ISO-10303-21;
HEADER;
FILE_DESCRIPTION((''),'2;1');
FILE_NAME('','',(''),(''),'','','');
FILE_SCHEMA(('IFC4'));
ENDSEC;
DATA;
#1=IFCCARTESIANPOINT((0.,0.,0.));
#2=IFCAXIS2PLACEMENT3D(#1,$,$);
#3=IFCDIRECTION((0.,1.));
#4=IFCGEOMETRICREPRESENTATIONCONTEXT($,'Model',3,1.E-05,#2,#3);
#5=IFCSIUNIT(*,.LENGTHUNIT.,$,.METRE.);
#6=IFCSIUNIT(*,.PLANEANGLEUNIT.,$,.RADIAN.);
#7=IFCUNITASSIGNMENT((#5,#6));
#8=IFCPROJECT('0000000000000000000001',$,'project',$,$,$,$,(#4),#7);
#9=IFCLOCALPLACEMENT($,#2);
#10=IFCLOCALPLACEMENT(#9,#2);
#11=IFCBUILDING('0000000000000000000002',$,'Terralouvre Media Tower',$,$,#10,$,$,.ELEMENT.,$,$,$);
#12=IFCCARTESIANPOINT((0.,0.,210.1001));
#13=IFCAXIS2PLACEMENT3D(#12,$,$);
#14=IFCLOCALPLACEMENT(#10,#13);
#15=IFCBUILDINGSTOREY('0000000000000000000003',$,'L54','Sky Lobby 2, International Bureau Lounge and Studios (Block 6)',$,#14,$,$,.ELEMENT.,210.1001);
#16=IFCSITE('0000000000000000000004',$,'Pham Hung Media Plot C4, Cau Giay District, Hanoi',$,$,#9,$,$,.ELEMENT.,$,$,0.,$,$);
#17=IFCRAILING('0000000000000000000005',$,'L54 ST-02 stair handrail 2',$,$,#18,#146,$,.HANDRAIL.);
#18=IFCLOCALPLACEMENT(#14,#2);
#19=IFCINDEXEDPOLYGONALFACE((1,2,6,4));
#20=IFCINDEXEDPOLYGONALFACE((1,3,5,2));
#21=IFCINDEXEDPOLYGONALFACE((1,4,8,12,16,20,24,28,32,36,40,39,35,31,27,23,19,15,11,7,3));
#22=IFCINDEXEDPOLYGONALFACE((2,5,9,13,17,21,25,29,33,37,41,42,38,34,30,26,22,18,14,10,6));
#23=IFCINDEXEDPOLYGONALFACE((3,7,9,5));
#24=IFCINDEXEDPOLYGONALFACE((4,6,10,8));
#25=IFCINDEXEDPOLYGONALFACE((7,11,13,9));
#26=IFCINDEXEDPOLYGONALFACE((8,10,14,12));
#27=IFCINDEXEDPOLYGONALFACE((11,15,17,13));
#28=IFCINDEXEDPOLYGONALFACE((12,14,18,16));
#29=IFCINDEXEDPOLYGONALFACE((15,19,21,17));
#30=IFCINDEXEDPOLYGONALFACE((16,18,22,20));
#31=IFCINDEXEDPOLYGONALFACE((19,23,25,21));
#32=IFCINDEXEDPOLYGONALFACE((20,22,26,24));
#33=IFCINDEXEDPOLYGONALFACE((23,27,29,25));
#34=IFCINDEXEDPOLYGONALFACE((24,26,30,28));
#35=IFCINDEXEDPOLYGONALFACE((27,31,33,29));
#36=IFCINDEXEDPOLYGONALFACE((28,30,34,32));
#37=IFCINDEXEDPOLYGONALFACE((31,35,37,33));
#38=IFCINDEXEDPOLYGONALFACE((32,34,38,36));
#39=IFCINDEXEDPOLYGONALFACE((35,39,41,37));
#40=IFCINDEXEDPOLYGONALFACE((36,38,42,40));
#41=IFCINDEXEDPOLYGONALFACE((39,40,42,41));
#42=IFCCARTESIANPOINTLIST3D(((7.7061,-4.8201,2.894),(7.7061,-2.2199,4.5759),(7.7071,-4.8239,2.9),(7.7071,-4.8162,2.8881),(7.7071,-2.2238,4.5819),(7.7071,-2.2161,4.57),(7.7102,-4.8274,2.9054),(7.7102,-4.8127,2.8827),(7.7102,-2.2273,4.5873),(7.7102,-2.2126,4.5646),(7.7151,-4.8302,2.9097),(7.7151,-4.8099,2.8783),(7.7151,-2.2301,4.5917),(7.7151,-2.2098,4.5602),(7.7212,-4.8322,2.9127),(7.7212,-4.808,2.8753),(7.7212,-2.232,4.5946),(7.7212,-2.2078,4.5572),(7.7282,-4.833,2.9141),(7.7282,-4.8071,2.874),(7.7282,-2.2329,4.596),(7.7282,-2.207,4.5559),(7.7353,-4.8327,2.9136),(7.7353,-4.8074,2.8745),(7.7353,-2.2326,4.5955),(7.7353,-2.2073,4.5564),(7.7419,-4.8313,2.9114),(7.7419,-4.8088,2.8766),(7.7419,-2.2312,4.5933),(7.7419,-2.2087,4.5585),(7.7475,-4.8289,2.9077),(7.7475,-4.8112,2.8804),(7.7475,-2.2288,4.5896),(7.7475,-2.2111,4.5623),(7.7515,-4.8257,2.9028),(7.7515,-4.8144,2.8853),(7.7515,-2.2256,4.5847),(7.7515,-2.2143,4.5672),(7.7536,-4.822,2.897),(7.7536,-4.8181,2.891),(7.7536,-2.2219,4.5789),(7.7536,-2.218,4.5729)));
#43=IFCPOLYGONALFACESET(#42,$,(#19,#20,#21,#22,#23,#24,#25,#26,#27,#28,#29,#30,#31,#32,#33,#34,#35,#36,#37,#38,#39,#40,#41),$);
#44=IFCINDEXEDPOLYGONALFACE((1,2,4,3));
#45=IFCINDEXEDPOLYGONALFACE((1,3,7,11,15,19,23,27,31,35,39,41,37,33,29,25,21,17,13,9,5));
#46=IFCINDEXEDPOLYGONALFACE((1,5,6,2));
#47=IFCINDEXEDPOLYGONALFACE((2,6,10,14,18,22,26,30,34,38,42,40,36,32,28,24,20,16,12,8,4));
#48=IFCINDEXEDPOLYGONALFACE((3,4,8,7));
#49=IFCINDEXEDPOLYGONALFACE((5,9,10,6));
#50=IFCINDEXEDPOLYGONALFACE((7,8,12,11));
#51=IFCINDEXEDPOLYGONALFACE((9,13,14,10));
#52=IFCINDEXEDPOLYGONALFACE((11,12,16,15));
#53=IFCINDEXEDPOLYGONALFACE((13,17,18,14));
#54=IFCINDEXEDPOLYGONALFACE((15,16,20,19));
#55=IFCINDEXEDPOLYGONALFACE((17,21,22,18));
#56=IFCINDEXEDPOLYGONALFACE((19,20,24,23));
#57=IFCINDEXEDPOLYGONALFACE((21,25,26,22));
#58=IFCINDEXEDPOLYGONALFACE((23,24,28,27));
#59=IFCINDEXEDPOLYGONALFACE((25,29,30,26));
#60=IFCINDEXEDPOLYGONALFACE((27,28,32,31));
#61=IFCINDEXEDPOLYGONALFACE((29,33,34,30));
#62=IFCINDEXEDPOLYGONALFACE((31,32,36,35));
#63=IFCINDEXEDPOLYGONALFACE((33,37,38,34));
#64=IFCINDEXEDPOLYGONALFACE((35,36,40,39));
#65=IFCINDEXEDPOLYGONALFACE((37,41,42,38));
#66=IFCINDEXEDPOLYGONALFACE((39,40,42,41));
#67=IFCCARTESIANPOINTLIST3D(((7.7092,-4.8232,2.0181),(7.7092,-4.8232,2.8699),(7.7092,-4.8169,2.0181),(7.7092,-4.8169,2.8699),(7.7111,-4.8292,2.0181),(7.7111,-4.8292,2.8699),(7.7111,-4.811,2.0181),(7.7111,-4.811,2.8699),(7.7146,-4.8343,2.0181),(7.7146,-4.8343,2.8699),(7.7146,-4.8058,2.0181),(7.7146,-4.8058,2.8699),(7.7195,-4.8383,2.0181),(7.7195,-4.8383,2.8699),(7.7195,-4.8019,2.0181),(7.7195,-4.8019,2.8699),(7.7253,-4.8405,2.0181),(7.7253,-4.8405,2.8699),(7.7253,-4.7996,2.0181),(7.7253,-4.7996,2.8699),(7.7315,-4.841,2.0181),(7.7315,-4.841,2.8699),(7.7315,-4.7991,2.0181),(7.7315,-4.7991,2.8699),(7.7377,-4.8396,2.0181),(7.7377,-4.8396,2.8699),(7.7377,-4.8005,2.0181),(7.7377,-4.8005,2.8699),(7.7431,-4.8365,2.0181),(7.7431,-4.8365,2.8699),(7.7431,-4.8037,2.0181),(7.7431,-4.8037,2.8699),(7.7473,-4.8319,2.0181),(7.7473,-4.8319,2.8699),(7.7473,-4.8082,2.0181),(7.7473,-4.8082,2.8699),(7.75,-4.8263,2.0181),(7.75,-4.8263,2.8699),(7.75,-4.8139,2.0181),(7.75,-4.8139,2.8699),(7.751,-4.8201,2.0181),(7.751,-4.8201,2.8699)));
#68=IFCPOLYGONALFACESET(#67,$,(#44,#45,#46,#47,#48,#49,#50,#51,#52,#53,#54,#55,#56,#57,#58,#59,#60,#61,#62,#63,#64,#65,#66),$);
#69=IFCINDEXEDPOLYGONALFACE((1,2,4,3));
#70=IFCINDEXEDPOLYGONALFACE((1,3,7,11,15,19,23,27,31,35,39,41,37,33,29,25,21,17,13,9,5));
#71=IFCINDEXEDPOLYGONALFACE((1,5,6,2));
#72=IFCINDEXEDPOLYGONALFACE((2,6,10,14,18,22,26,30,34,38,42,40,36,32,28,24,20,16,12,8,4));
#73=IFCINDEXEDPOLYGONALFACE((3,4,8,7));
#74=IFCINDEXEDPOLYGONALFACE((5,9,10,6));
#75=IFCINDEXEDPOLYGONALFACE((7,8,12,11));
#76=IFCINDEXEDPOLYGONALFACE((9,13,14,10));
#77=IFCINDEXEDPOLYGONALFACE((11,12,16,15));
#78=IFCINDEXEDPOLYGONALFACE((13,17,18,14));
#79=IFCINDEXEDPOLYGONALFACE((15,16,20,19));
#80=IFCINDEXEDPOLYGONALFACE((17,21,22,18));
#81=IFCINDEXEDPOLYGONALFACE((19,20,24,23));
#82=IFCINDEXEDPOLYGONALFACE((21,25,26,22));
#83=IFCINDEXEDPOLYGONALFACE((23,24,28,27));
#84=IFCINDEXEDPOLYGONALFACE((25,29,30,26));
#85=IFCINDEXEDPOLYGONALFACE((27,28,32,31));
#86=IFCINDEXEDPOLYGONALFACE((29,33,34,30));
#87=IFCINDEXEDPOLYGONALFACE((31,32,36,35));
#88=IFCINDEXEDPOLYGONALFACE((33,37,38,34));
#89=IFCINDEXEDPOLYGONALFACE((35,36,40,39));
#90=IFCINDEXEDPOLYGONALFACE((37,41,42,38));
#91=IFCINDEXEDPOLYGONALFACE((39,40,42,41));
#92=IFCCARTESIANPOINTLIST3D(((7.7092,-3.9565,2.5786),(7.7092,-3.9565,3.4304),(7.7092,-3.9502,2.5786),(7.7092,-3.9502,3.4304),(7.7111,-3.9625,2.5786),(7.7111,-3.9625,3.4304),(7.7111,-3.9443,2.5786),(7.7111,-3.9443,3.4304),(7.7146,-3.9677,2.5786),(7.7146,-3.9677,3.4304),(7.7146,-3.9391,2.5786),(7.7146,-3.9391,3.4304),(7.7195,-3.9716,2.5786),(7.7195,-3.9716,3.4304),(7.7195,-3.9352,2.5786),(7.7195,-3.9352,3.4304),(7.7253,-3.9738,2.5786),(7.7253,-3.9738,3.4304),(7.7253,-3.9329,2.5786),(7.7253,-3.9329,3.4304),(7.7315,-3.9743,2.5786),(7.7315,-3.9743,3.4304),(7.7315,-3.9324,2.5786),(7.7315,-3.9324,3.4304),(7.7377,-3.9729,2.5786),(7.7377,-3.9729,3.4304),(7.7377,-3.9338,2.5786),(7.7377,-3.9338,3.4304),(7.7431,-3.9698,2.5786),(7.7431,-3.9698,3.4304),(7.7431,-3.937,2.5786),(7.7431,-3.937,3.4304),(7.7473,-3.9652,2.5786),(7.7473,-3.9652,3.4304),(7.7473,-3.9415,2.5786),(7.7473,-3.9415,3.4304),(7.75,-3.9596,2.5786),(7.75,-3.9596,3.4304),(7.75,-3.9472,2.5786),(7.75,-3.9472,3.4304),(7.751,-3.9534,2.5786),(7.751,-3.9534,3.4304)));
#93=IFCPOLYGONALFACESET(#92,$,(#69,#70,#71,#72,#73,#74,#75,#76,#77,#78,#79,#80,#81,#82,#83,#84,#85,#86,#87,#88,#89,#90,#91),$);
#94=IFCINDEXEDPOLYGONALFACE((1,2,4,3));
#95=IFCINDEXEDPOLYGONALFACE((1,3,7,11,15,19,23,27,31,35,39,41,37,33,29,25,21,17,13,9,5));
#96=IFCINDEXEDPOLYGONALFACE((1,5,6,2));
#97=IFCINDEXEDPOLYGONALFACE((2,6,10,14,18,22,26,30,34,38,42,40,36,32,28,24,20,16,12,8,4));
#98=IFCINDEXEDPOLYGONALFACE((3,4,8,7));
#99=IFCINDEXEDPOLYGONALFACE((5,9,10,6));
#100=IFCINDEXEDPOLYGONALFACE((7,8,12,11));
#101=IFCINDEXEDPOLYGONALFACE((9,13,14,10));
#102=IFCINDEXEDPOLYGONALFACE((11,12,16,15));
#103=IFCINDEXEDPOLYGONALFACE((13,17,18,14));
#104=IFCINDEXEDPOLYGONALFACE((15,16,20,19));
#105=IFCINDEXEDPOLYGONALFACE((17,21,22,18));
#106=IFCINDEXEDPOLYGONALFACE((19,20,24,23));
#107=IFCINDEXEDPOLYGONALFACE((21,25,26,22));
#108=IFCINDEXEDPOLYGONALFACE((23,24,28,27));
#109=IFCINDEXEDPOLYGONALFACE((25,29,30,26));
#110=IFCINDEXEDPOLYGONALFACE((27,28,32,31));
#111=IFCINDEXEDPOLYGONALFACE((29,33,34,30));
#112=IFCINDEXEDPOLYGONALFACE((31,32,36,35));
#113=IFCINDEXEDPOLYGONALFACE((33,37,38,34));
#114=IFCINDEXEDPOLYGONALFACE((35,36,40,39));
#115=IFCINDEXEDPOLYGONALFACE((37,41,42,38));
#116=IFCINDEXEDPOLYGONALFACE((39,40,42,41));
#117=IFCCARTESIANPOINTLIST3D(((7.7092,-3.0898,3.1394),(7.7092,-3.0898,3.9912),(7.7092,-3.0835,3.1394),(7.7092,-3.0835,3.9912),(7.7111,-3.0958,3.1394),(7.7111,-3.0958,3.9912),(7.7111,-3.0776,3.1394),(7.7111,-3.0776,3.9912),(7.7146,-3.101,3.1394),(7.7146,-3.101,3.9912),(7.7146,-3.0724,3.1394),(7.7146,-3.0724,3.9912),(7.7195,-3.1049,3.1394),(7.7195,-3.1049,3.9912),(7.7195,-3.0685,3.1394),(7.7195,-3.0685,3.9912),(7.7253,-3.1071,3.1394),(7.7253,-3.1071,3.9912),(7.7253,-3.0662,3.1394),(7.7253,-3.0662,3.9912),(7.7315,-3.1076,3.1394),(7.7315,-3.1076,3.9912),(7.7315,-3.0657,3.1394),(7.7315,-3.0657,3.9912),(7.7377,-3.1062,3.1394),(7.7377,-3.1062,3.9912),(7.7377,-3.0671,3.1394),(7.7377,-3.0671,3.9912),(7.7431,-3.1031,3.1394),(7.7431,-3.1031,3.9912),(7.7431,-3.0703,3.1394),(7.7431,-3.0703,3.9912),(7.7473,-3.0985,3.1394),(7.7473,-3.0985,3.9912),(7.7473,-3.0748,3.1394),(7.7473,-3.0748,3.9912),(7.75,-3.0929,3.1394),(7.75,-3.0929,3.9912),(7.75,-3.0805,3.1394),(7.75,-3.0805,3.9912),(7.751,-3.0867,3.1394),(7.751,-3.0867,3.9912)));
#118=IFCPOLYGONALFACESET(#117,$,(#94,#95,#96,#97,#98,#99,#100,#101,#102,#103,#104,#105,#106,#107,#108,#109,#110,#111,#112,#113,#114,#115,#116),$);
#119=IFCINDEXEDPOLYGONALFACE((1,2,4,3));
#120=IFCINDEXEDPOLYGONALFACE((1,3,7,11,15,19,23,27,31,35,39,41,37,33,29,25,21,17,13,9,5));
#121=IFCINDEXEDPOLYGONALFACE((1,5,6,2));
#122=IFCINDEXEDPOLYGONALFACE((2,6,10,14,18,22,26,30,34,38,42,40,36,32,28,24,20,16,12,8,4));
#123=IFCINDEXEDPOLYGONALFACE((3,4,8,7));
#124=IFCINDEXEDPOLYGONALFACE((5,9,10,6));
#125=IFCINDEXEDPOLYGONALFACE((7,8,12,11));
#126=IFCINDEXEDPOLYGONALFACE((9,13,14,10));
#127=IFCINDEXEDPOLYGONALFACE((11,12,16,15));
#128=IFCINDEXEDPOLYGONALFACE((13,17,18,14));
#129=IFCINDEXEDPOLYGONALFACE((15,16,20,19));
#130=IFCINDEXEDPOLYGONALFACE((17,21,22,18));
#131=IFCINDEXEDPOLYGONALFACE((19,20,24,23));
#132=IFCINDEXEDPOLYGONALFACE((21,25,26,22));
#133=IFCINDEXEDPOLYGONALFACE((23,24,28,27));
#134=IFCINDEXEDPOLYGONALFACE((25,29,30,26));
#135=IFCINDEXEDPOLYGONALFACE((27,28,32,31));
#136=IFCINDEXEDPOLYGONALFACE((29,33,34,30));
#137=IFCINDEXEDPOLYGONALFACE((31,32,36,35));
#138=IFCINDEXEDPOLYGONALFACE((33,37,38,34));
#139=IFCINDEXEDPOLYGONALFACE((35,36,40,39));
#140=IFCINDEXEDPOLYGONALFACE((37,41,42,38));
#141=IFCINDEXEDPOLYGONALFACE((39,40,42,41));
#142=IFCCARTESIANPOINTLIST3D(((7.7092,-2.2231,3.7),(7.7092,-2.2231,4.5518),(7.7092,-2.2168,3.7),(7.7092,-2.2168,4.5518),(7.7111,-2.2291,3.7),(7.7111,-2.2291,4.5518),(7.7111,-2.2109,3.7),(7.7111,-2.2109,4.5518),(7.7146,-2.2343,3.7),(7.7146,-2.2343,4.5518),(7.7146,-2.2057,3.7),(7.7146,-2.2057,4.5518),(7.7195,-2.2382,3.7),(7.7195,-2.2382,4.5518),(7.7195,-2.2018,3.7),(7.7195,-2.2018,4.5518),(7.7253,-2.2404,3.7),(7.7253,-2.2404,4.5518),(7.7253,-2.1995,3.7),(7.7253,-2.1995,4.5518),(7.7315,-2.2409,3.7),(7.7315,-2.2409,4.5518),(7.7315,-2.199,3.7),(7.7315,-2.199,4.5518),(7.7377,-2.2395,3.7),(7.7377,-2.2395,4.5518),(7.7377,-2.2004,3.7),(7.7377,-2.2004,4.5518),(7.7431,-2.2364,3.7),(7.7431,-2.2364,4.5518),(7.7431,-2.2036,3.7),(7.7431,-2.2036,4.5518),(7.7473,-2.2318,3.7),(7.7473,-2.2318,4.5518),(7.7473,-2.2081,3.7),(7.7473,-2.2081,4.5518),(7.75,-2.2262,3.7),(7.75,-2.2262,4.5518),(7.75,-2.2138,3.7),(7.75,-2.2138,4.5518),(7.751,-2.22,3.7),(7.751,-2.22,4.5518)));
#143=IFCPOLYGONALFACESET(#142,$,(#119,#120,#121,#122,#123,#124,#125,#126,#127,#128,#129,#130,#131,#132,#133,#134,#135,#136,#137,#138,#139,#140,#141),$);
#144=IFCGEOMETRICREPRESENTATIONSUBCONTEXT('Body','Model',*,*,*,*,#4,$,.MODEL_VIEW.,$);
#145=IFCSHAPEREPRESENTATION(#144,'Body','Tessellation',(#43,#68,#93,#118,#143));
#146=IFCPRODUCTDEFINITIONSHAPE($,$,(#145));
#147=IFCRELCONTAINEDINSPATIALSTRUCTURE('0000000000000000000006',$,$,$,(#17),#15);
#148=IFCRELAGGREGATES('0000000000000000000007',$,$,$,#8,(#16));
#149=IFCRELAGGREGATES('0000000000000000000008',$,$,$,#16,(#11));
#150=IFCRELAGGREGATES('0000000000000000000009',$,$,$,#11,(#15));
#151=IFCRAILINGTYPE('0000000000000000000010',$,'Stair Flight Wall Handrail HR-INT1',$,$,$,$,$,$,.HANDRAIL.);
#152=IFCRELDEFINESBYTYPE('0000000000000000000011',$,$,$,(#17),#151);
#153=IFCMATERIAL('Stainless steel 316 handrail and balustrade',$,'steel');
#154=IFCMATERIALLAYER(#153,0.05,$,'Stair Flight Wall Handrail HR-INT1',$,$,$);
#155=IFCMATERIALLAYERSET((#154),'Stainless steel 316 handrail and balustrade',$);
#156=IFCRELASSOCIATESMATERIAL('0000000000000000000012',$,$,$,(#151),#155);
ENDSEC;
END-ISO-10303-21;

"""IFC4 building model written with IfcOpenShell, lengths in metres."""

from ifc_helpers import new_model, si_unit, direction, frame, origin, origin_2d, place, context, subcontext, project, spatial, circle, extrude, material, layer, layer_set, type_object, element, save


model = new_model("IFC4")

# Units and contexts
model_context = context("Model", 3, precision=1e-05, world=origin(), true_north=direction((0.0, 1.0)))
body_context = subcontext(model_context, "Body", "Model", "MODEL_VIEW")
ifc_project = project(units=[si_unit("LENGTHUNIT", "METRE"), si_unit("PLANEANGLEUNIT", "RADIAN")], contexts=[model_context])

# Site, building, storey
site_placement = place(None, origin())
site = spatial("IfcSite", under=ifc_project, at=site_placement, Name="Pham Hung Media Plot C4, Cau Giay District, Hanoi", CompositionType="ELEMENT", RefElevation=0.0)
building_placement = place(site_placement, origin())
building = spatial("IfcBuilding", under=site, at=building_placement, Name="Terralouvre Media Tower", CompositionType="ELEMENT")
storey_placement = place(building_placement, frame((0.0, 0.0, 210.1001)))
storey = spatial("IfcBuildingStorey", under=building, at=storey_placement, Name="L54", Description="Sky Lobby 2, International Bureau Lounge and Studios (Block 6)", CompositionType="ELEMENT", Elevation=210.1001)

# Railing
ifc_material_1 = material(Name="Stainless steel 316 handrail and balustrade", Category="steel")
ifc_layer_1 = layer(ifc_material_1, 0.05, Name="Stair Flight Wall Handrail HR-INT1")
ifc_layer_set_1 = layer_set([ifc_layer_1], Name="Stainless steel 316 handrail and balustrade")
railing_type_1 = type_object("IfcRailingType", Name="Stair Flight Wall Handrail HR-INT1", PredefinedType="HANDRAIL", material=ifc_layer_set_1)
railing_1_placement = place(storey_placement, frame((7.73, -4.8201, 2.0181)))
element("IfcRailing", 1, at=railing_1_placement, inside=storey, type_object=railing_type_1, Name="L54 ST-02 stair handrail 2", PredefinedType="HANDRAIL", context=body_context, shape_type="SweptSolid", body=[
    extrude(circle(Radius=0.0239, at=origin_2d()), frame((0.0, 0.0, 0.876), z_axis=(0.0, 0.839648, 0.54313), x_axis=(-1.0, 0.0, 0.0)), (0.0, 0.0, 1.0), 3.0967),
    extrude(circle(Radius=0.021, at=origin_2d()), origin(), (0.0, 0.0, 1.0), 0.8518),
    extrude(circle(Radius=0.021, at=origin_2d()), frame((0.0, 0.8667, 0.5605)), (0.0, 0.0, 1.0), 0.8518),
    extrude(circle(Radius=0.021, at=origin_2d()), frame((0.0, 1.7334, 1.1213)), (0.0, 0.0, 1.0), 0.8518),
    extrude(circle(Radius=0.021, at=origin_2d()), frame((0.0, 2.6001, 1.6819)), (0.0, 0.0, 1.0), 0.8518),
])

save(model, "model.ifc")
